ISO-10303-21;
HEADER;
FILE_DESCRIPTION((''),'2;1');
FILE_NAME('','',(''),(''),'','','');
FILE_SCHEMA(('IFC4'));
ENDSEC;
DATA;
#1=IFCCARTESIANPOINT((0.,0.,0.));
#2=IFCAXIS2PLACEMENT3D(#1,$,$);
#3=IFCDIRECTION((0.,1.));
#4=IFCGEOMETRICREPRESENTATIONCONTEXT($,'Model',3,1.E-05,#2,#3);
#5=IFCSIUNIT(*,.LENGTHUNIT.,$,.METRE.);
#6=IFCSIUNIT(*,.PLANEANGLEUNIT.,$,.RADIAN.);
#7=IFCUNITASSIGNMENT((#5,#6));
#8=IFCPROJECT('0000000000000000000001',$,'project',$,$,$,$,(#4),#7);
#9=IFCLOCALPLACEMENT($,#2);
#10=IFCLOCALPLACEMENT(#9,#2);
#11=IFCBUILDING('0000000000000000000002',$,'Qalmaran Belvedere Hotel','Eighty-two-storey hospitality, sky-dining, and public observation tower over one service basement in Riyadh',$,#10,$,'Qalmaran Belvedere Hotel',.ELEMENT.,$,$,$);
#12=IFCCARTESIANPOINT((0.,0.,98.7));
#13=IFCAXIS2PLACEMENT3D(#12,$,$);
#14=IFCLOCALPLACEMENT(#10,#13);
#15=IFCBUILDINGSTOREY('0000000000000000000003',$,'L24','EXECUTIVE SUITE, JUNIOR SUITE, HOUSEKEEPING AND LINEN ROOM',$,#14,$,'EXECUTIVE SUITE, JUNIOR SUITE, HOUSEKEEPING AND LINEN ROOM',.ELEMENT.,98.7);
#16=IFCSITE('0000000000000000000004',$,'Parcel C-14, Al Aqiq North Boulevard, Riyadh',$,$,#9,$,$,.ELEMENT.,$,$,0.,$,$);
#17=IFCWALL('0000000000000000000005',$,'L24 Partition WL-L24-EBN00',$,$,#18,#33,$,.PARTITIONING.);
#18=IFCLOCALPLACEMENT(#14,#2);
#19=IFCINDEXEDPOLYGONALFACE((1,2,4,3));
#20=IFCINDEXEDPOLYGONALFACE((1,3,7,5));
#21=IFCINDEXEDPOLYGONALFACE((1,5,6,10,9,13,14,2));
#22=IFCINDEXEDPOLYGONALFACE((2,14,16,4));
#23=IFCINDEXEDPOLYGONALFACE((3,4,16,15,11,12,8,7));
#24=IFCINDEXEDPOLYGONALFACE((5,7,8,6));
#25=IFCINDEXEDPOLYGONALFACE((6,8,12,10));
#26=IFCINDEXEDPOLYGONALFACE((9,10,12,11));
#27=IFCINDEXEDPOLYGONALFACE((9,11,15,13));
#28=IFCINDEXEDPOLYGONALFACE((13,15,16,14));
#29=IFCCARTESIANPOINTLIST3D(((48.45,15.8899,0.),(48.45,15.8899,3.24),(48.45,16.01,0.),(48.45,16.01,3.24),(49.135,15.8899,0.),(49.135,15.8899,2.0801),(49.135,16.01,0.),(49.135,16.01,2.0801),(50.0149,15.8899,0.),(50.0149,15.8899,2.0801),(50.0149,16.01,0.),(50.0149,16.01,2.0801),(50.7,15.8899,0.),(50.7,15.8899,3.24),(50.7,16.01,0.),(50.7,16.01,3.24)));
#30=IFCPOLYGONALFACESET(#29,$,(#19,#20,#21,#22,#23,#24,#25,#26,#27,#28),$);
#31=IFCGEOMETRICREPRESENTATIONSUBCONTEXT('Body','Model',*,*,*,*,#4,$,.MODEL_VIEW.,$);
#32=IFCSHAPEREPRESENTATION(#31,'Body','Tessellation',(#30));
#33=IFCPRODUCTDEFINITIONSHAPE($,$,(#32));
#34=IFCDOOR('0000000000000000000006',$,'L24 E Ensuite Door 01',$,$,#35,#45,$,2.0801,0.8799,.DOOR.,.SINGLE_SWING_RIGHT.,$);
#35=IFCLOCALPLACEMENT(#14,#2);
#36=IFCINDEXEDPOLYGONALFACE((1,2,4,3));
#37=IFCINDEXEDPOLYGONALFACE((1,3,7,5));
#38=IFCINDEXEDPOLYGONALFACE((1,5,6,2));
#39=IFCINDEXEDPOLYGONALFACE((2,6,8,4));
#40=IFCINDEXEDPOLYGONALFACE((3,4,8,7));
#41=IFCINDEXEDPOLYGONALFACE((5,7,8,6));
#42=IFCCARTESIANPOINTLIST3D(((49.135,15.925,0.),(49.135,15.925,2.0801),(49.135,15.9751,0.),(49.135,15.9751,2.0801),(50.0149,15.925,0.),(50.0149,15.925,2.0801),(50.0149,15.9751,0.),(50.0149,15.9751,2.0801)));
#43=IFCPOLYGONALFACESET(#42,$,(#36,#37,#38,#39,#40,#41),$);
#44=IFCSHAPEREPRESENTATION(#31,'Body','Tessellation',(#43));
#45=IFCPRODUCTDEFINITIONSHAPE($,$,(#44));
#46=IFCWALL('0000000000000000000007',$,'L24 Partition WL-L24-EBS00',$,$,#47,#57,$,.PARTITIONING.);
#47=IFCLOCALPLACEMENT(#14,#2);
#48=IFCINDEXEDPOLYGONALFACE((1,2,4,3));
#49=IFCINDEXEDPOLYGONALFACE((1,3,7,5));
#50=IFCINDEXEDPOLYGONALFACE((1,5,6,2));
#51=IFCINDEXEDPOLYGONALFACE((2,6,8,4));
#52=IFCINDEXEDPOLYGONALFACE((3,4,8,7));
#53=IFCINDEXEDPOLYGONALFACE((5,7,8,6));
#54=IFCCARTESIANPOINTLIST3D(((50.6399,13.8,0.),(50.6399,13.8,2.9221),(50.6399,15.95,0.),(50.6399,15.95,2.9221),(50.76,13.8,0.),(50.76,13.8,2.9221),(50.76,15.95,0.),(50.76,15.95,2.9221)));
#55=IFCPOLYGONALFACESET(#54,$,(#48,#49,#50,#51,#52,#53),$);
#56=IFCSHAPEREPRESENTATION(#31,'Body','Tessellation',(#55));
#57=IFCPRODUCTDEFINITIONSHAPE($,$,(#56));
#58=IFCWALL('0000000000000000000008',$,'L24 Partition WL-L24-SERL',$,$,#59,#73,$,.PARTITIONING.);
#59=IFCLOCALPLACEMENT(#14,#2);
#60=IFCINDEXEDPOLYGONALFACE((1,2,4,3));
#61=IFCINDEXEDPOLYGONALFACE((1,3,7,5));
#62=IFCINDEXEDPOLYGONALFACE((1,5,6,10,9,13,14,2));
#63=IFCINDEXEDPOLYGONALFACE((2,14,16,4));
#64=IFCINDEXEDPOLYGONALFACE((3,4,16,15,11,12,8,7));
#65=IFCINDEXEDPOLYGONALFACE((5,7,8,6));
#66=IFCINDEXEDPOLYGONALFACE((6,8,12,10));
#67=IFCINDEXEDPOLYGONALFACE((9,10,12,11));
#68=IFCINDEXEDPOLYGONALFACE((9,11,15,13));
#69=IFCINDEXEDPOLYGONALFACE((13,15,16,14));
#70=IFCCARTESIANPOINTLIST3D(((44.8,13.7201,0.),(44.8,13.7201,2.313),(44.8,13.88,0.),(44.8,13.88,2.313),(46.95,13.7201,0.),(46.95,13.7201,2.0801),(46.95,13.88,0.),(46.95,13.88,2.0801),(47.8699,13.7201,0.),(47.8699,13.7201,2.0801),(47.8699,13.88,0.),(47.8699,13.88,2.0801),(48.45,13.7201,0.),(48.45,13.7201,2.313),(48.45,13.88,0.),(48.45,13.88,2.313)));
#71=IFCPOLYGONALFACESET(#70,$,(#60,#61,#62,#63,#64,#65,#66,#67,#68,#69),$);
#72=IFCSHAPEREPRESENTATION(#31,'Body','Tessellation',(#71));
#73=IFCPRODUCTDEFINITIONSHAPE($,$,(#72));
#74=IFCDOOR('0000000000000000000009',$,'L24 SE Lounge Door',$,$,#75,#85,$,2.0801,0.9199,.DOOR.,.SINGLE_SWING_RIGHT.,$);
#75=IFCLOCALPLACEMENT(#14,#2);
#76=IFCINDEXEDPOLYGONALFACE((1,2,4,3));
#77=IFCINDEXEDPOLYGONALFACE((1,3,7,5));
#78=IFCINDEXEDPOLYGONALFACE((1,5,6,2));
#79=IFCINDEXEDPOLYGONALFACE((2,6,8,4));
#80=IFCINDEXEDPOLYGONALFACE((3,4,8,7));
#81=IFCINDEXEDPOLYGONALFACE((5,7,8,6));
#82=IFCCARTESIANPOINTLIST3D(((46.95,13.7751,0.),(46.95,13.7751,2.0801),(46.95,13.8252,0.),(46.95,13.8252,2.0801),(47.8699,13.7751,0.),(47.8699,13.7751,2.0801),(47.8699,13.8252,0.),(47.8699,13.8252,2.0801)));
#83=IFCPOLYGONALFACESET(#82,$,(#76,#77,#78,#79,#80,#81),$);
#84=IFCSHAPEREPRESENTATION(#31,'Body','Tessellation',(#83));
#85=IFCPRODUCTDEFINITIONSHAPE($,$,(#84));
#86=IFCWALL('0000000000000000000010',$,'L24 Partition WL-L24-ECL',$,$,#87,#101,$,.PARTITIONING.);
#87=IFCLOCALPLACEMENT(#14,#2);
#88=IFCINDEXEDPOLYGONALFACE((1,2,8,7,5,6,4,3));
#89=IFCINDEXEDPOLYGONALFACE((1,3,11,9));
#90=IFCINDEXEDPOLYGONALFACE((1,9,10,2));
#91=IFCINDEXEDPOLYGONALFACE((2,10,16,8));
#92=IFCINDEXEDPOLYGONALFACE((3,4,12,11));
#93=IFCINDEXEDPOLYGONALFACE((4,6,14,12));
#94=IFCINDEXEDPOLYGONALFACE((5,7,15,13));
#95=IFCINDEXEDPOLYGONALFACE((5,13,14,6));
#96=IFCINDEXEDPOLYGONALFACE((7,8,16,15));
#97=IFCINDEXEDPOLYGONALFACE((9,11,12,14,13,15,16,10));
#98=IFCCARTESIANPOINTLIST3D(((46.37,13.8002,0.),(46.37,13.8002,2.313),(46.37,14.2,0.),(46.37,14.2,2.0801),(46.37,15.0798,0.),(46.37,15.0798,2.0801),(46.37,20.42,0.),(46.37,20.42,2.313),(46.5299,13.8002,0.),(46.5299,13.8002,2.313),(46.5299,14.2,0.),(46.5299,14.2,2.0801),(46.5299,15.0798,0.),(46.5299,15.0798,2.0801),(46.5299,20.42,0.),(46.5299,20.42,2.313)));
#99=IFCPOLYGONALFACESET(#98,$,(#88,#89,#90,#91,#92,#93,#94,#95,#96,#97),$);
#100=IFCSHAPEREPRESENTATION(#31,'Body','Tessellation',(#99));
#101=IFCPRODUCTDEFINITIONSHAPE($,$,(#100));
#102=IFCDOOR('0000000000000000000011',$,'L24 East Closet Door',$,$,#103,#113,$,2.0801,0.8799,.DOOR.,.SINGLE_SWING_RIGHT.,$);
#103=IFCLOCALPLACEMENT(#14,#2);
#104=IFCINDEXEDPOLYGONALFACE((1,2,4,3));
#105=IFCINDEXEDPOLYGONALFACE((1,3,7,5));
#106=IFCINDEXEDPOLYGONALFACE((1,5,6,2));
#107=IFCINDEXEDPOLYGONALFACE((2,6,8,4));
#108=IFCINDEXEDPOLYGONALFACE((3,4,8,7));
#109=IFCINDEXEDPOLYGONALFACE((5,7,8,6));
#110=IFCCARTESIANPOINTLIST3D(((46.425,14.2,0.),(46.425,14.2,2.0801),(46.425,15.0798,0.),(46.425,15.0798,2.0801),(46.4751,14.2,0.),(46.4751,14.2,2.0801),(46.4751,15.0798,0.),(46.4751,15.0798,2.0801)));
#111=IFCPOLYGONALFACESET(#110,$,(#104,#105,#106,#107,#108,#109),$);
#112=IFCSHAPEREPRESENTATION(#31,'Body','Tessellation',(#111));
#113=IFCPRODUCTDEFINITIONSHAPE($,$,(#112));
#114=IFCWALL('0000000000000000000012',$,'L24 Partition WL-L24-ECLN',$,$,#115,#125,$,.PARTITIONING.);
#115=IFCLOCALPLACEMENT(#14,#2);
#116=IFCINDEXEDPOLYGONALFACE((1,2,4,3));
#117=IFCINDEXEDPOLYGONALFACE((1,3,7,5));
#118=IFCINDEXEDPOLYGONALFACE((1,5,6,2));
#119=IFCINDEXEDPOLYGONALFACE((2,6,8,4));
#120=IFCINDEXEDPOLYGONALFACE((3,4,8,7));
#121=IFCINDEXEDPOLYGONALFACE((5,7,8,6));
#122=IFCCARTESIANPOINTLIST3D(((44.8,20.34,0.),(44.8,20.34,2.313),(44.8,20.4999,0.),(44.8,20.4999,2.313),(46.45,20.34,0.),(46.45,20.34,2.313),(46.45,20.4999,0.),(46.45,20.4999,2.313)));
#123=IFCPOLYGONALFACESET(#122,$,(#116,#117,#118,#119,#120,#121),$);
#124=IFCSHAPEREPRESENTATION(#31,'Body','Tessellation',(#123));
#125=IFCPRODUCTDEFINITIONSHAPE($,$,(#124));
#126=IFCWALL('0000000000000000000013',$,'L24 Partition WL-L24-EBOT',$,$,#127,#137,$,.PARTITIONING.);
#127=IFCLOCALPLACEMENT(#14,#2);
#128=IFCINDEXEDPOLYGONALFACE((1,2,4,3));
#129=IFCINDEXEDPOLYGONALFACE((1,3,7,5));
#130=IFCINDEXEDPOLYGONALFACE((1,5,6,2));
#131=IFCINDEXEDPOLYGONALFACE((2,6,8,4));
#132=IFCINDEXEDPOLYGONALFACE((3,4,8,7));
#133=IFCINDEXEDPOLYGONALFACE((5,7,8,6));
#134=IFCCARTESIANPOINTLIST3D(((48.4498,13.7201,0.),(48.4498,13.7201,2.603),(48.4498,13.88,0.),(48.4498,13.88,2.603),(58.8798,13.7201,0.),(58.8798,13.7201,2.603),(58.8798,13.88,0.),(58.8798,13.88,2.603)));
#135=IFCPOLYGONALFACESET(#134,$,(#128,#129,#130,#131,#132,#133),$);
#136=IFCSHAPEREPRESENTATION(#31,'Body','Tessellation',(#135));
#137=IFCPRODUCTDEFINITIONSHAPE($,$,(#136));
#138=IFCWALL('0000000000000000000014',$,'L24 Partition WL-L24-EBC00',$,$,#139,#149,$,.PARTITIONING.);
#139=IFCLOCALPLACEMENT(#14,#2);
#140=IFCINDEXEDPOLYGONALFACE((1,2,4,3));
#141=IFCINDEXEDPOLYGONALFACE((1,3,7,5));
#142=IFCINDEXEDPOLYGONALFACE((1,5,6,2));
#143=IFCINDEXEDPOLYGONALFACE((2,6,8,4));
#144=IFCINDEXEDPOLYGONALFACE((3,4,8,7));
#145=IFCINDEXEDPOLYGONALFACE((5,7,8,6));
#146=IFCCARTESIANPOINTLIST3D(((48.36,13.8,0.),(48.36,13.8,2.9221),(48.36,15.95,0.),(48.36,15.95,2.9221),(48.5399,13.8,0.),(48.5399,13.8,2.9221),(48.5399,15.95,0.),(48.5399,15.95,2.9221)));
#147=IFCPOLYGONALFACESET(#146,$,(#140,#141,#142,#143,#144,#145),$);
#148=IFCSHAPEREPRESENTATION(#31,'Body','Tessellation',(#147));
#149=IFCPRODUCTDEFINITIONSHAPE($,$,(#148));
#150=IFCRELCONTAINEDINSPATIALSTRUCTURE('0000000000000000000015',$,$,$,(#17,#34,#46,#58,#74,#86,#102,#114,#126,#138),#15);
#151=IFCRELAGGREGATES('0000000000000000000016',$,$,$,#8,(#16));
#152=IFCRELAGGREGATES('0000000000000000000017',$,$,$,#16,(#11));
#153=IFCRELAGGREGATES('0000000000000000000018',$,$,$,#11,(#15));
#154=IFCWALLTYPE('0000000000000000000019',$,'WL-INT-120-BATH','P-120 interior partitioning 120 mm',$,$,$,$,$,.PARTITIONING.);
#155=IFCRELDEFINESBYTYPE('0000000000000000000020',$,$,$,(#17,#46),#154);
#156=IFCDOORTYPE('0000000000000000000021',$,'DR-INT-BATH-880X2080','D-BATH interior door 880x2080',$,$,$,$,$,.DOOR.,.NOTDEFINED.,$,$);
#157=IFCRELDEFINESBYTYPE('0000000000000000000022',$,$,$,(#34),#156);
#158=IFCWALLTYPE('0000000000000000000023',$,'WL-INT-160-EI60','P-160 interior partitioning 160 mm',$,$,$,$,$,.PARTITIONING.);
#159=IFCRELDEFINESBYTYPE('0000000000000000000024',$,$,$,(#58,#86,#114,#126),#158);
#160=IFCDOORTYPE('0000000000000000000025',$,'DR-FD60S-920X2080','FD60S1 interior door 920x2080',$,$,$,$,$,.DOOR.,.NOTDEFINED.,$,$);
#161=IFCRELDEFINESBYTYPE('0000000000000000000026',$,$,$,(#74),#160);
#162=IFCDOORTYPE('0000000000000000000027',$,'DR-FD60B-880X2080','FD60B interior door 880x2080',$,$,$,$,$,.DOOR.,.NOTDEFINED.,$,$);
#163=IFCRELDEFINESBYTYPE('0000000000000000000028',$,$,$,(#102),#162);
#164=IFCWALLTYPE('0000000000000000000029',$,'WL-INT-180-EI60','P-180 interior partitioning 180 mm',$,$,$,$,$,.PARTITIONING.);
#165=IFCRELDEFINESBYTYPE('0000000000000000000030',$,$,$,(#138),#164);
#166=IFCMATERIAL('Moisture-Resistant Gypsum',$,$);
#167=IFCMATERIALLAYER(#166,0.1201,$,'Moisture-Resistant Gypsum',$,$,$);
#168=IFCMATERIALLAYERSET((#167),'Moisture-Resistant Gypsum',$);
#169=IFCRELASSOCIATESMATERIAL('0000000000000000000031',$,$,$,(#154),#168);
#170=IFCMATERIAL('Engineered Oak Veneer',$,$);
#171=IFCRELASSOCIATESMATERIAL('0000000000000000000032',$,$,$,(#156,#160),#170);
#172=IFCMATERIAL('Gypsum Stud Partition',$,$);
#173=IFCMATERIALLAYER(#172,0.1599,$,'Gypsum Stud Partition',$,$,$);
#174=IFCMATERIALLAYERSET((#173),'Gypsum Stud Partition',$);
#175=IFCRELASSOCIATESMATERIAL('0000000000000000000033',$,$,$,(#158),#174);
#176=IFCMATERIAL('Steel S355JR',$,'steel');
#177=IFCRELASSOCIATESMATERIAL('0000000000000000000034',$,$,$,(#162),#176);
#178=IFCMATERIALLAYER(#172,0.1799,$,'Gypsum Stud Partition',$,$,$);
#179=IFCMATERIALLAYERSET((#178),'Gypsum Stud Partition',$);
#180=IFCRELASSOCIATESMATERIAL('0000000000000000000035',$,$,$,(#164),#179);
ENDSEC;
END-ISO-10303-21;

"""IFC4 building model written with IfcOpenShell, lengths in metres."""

from ifc_helpers import new_model, si_unit, direction, frame, frame_2d, origin, place, context, subcontext, project, spatial, rectangle, extrude, material, layer, layer_set, type_object, element, fill, save


model = new_model("IFC4")

# Units and contexts
model_context = context("Model", 3, precision=1e-05, world=origin(), true_north=direction((0.0, 1.0)))
body_context = subcontext(model_context, "Body", "Model", "MODEL_VIEW")
ifc_project = project(units=[si_unit("LENGTHUNIT", "METRE"), si_unit("PLANEANGLEUNIT", "RADIAN")], contexts=[model_context])

# Site, building, storey
site_placement = place(None, origin())
site = spatial("IfcSite", under=ifc_project, at=site_placement, Name="Parcel C-14, Al Aqiq North Boulevard, Riyadh", CompositionType="ELEMENT", RefElevation=0.0)
building_placement = place(site_placement, origin())
building = spatial("IfcBuilding", under=site, at=building_placement, Name="Qalmaran Belvedere Hotel", Description="Eighty-two-storey hospitality, sky-dining, and public observation tower over one service basement in Riyadh", LongName="Qalmaran Belvedere Hotel", CompositionType="ELEMENT")
storey_placement = place(building_placement, frame((0.0, 0.0, 98.7)))
storey = spatial("IfcBuildingStorey", under=building, at=storey_placement, Name="L24", Description="EXECUTIVE SUITE, JUNIOR SUITE, HOUSEKEEPING AND LINEN ROOM", LongName="EXECUTIVE SUITE, JUNIOR SUITE, HOUSEKEEPING AND LINEN ROOM", CompositionType="ELEMENT", Elevation=98.7)

# Shared definitions
ifc_material_1 = material(Name="Steel S355JR", Category="steel")

# Wall, opening, door
ifc_material_2 = material(Name="Moisture-Resistant Gypsum")
ifc_layer_1 = layer(ifc_material_2, 0.1201, Name="Moisture-Resistant Gypsum")
ifc_layer_set_1 = layer_set([ifc_layer_1], Name="Moisture-Resistant Gypsum")
wall_type_1 = type_object("IfcWallType", Name="WL-INT-120-BATH", Description="P-120 interior partitioning 120 mm", PredefinedType="PARTITIONING", material=ifc_layer_set_1)
wall_1_placement = place(storey_placement, frame((48.45, 15.95, 0.0), z_axis=(0.0, 0.0, 1.0), x_axis=(1.0, 0.0, 0.0)))
wall_1 = element("IfcWall", 1, at=wall_1_placement, inside=storey, type_object=wall_type_1, Name="L24 Partition WL-L24-EBN00", PredefinedType="PARTITIONING", context=body_context, shape_type="SweptSolid", body=[
    extrude(rectangle(XDim=2.25, YDim=0.1201, at=frame_2d((1.125, 0.0))), origin(), (0.0, 0.0, 1.0), 3.24),
])
opening_1_placement = place(wall_1_placement, frame((1.5649, 0.0, 0.0), z_axis=(0.0, 0.0, 1.0), x_axis=(-1.0, 0.0, 0.0)))
opening_1 = element("IfcOpeningElement", 2, at=opening_1_placement, cuts=wall_1, PredefinedType="OPENING", context=body_context, shape_type="SweptSolid", body=[
    extrude(rectangle(XDim=0.8799, YDim=2.0801, at=frame_2d((0.4399, 1.04))), frame((0.0, 0.0701, 0.0), z_axis=(0.0, -1.0, 0.0), x_axis=(1.0, 0.0, 0.0)), (0.0, 0.0, 1.0), 0.1401),
])
ifc_material_3 = material(Name="Engineered Oak Veneer")
door_type_1 = type_object("IfcDoorType", Name="DR-INT-BATH-880X2080", Description="D-BATH interior door 880x2080", OperationType="NOTDEFINED", PredefinedType="DOOR", material=ifc_material_3)
door_1_placement = place(opening_1_placement, origin())
door_1 = element("IfcDoor", 3, at=door_1_placement, inside=storey, type_object=door_type_1, Name="L24 E Ensuite Door 01", OperationType="SINGLE_SWING_RIGHT", OverallHeight=2.0801, OverallWidth=0.8799, PredefinedType="DOOR", context=body_context, shape_type="SweptSolid", body=[
    extrude(rectangle(XDim=0.8799, YDim=2.0801, at=frame_2d((0.4399, 1.04))), frame((0.0, 0.0249, 0.0), z_axis=(0.0, -1.0, 0.0), x_axis=(1.0, 0.0, 0.0)), (0.0, 0.0, 1.0), 0.05),
])
fill(opening_1, door_1)

# Wall
wall_2_placement = place(storey_placement, frame((50.7, 13.8, 0.0), z_axis=(0.0, 0.0, 1.0), x_axis=(0.0, 1.0, 0.0)))
element("IfcWall", 4, at=wall_2_placement, inside=storey, type_object=wall_type_1, Name="L24 Partition WL-L24-EBS00", PredefinedType="PARTITIONING", context=body_context, shape_type="SweptSolid", body=[
    extrude(rectangle(XDim=2.1499, YDim=0.1201, at=frame_2d((1.075, 0.0))), origin(), (0.0, 0.0, 1.0), 2.9221),
])

# Walls, openings, doors
ifc_material_4 = material(Name="Gypsum Stud Partition")
ifc_layer_2 = layer(ifc_material_4, 0.1599, Name="Gypsum Stud Partition")
ifc_layer_set_2 = layer_set([ifc_layer_2], Name="Gypsum Stud Partition")
wall_type_2 = type_object("IfcWallType", Name="WL-INT-160-EI60", Description="P-160 interior partitioning 160 mm", PredefinedType="PARTITIONING", material=ifc_layer_set_2)
wall_3_placement = place(storey_placement, frame((44.8, 13.8, 0.0), z_axis=(0.0, 0.0, 1.0), x_axis=(1.0, 0.0, 0.0)))
wall_3 = element("IfcWall", 5, at=wall_3_placement, inside=storey, type_object=wall_type_2, Name="L24 Partition WL-L24-SERL", PredefinedType="PARTITIONING", context=body_context, shape_type="SweptSolid", body=[
    extrude(rectangle(XDim=3.6499, YDim=0.1599, at=frame_2d((1.825, 0.0))), origin(), (0.0, 0.0, 1.0), 2.313),
])
opening_2_placement = place(wall_3_placement, frame((3.0698, 0.0, 0.0), z_axis=(0.0, 0.0, 1.0), x_axis=(-1.0, 0.0, 0.0)))
opening_2 = element("IfcOpeningElement", 6, at=opening_2_placement, cuts=wall_3, PredefinedType="OPENING", context=body_context, shape_type="SweptSolid", body=[
    extrude(rectangle(XDim=0.9199, YDim=2.0801, at=frame_2d((0.46, 1.04))), frame((0.0, 0.0898, 0.0), z_axis=(0.0, -1.0, 0.0), x_axis=(1.0, 0.0, 0.0)), (0.0, 0.0, 1.0), 0.1799),
])
door_type_2 = type_object("IfcDoorType", Name="DR-FD60S-920X2080", Description="FD60S1 interior door 920x2080", OperationType="NOTDEFINED", PredefinedType="DOOR", material=ifc_material_3)
door_2_placement = place(opening_2_placement, origin())
door_2 = element("IfcDoor", 7, at=door_2_placement, inside=storey, type_object=door_type_2, Name="L24 SE Lounge Door", OperationType="SINGLE_SWING_RIGHT", OverallHeight=2.0801, OverallWidth=0.9199, PredefinedType="DOOR", context=body_context, shape_type="SweptSolid", body=[
    extrude(rectangle(XDim=0.9199, YDim=2.0801, at=frame_2d((0.46, 1.04))), frame((0.0, 0.0249, 0.0), z_axis=(0.0, -1.0, 0.0), x_axis=(1.0, 0.0, 0.0)), (0.0, 0.0, 1.0), 0.05),
])
fill(opening_2, door_2)
wall_4_placement = place(storey_placement, frame((46.45, 13.8, 0.0), z_axis=(0.0, 0.0, 1.0), x_axis=(0.0, 1.0, 0.0)))
wall_4 = element("IfcWall", 8, at=wall_4_placement, inside=storey, type_object=wall_type_2, Name="L24 Partition WL-L24-ECL", PredefinedType="PARTITIONING", context=body_context, shape_type="SweptSolid", body=[
    extrude(rectangle(XDim=6.6199, YDim=0.1599, at=frame_2d((3.3101, 0.0))), origin(), (0.0, 0.0, 1.0), 2.313),
])
opening_3_placement = place(wall_4_placement, frame((0.3999, 0.0, 0.0)))
opening_3 = element("IfcOpeningElement", 9, at=opening_3_placement, cuts=wall_4, PredefinedType="OPENING", context=body_context, shape_type="SweptSolid", body=[
    extrude(rectangle(XDim=0.8799, YDim=2.0801, at=frame_2d((0.4399, 1.04))), frame((0.0, 0.0898, 0.0), z_axis=(0.0, -1.0, 0.0), x_axis=(1.0, 0.0, 0.0)), (0.0, 0.0, 1.0), 0.1799),
])
door_type_3 = type_object("IfcDoorType", Name="DR-FD60B-880X2080", Description="FD60B interior door 880x2080", OperationType="NOTDEFINED", PredefinedType="DOOR", material=ifc_material_1)
door_3_placement = place(opening_3_placement, origin())
door_3 = element("IfcDoor", 10, at=door_3_placement, inside=storey, type_object=door_type_3, Name="L24 East Closet Door", OperationType="SINGLE_SWING_RIGHT", OverallHeight=2.0801, OverallWidth=0.8799, PredefinedType="DOOR", context=body_context, shape_type="SweptSolid", body=[
    extrude(rectangle(XDim=0.8799, YDim=2.0801, at=frame_2d((0.4399, 1.04))), frame((0.0, 0.0249, 0.0), z_axis=(0.0, -1.0, 0.0), x_axis=(1.0, 0.0, 0.0)), (0.0, 0.0, 1.0), 0.05),
])
fill(opening_3, door_3)

# Walls
wall_5_placement = place(storey_placement, frame((44.8, 20.4199, 0.0), z_axis=(0.0, 0.0, 1.0), x_axis=(1.0, 0.0, 0.0)))
element("IfcWall", 11, at=wall_5_placement, inside=storey, type_object=wall_type_2, Name="L24 Partition WL-L24-ECLN", PredefinedType="PARTITIONING", context=body_context, shape_type="SweptSolid", body=[
    extrude(rectangle(XDim=1.6499, YDim=0.1599, at=frame_2d((0.825, 0.0))), origin(), (0.0, 0.0, 1.0), 2.313),
])
wall_6_placement = place(storey_placement, frame((48.45, 13.8, 0.0), z_axis=(0.0, 0.0, 1.0), x_axis=(1.0, 0.0, 0.0)))
element("IfcWall", 12, at=wall_6_placement, inside=storey, type_object=wall_type_2, Name="L24 Partition WL-L24-EBOT", PredefinedType="PARTITIONING", context=body_context, shape_type="SweptSolid", body=[
    extrude(rectangle(XDim=10.4299, YDim=0.1599, at=frame_2d((5.2148, 0.0))), origin(), (0.0, 0.0, 1.0), 2.603),
])
ifc_layer_3 = layer(ifc_material_4, 0.1799, Name="Gypsum Stud Partition")
ifc_layer_set_3 = layer_set([ifc_layer_3], Name="Gypsum Stud Partition")
wall_type_3 = type_object("IfcWallType", Name="WL-INT-180-EI60", Description="P-180 interior partitioning 180 mm", PredefinedType="PARTITIONING", material=ifc_layer_set_3)
wall_7_placement = place(storey_placement, frame((48.45, 13.8, 0.0), z_axis=(0.0, 0.0, 1.0), x_axis=(0.0, 1.0, 0.0)))
element("IfcWall", 13, at=wall_7_placement, inside=storey, type_object=wall_type_3, Name="L24 Partition WL-L24-EBC00", PredefinedType="PARTITIONING", context=body_context, shape_type="SweptSolid", body=[
    extrude(rectangle(XDim=2.1499, YDim=0.1799, at=frame_2d((1.075, 0.0))), origin(), (0.0, 0.0, 1.0), 2.9221),
])

save(model, "model.ifc")
